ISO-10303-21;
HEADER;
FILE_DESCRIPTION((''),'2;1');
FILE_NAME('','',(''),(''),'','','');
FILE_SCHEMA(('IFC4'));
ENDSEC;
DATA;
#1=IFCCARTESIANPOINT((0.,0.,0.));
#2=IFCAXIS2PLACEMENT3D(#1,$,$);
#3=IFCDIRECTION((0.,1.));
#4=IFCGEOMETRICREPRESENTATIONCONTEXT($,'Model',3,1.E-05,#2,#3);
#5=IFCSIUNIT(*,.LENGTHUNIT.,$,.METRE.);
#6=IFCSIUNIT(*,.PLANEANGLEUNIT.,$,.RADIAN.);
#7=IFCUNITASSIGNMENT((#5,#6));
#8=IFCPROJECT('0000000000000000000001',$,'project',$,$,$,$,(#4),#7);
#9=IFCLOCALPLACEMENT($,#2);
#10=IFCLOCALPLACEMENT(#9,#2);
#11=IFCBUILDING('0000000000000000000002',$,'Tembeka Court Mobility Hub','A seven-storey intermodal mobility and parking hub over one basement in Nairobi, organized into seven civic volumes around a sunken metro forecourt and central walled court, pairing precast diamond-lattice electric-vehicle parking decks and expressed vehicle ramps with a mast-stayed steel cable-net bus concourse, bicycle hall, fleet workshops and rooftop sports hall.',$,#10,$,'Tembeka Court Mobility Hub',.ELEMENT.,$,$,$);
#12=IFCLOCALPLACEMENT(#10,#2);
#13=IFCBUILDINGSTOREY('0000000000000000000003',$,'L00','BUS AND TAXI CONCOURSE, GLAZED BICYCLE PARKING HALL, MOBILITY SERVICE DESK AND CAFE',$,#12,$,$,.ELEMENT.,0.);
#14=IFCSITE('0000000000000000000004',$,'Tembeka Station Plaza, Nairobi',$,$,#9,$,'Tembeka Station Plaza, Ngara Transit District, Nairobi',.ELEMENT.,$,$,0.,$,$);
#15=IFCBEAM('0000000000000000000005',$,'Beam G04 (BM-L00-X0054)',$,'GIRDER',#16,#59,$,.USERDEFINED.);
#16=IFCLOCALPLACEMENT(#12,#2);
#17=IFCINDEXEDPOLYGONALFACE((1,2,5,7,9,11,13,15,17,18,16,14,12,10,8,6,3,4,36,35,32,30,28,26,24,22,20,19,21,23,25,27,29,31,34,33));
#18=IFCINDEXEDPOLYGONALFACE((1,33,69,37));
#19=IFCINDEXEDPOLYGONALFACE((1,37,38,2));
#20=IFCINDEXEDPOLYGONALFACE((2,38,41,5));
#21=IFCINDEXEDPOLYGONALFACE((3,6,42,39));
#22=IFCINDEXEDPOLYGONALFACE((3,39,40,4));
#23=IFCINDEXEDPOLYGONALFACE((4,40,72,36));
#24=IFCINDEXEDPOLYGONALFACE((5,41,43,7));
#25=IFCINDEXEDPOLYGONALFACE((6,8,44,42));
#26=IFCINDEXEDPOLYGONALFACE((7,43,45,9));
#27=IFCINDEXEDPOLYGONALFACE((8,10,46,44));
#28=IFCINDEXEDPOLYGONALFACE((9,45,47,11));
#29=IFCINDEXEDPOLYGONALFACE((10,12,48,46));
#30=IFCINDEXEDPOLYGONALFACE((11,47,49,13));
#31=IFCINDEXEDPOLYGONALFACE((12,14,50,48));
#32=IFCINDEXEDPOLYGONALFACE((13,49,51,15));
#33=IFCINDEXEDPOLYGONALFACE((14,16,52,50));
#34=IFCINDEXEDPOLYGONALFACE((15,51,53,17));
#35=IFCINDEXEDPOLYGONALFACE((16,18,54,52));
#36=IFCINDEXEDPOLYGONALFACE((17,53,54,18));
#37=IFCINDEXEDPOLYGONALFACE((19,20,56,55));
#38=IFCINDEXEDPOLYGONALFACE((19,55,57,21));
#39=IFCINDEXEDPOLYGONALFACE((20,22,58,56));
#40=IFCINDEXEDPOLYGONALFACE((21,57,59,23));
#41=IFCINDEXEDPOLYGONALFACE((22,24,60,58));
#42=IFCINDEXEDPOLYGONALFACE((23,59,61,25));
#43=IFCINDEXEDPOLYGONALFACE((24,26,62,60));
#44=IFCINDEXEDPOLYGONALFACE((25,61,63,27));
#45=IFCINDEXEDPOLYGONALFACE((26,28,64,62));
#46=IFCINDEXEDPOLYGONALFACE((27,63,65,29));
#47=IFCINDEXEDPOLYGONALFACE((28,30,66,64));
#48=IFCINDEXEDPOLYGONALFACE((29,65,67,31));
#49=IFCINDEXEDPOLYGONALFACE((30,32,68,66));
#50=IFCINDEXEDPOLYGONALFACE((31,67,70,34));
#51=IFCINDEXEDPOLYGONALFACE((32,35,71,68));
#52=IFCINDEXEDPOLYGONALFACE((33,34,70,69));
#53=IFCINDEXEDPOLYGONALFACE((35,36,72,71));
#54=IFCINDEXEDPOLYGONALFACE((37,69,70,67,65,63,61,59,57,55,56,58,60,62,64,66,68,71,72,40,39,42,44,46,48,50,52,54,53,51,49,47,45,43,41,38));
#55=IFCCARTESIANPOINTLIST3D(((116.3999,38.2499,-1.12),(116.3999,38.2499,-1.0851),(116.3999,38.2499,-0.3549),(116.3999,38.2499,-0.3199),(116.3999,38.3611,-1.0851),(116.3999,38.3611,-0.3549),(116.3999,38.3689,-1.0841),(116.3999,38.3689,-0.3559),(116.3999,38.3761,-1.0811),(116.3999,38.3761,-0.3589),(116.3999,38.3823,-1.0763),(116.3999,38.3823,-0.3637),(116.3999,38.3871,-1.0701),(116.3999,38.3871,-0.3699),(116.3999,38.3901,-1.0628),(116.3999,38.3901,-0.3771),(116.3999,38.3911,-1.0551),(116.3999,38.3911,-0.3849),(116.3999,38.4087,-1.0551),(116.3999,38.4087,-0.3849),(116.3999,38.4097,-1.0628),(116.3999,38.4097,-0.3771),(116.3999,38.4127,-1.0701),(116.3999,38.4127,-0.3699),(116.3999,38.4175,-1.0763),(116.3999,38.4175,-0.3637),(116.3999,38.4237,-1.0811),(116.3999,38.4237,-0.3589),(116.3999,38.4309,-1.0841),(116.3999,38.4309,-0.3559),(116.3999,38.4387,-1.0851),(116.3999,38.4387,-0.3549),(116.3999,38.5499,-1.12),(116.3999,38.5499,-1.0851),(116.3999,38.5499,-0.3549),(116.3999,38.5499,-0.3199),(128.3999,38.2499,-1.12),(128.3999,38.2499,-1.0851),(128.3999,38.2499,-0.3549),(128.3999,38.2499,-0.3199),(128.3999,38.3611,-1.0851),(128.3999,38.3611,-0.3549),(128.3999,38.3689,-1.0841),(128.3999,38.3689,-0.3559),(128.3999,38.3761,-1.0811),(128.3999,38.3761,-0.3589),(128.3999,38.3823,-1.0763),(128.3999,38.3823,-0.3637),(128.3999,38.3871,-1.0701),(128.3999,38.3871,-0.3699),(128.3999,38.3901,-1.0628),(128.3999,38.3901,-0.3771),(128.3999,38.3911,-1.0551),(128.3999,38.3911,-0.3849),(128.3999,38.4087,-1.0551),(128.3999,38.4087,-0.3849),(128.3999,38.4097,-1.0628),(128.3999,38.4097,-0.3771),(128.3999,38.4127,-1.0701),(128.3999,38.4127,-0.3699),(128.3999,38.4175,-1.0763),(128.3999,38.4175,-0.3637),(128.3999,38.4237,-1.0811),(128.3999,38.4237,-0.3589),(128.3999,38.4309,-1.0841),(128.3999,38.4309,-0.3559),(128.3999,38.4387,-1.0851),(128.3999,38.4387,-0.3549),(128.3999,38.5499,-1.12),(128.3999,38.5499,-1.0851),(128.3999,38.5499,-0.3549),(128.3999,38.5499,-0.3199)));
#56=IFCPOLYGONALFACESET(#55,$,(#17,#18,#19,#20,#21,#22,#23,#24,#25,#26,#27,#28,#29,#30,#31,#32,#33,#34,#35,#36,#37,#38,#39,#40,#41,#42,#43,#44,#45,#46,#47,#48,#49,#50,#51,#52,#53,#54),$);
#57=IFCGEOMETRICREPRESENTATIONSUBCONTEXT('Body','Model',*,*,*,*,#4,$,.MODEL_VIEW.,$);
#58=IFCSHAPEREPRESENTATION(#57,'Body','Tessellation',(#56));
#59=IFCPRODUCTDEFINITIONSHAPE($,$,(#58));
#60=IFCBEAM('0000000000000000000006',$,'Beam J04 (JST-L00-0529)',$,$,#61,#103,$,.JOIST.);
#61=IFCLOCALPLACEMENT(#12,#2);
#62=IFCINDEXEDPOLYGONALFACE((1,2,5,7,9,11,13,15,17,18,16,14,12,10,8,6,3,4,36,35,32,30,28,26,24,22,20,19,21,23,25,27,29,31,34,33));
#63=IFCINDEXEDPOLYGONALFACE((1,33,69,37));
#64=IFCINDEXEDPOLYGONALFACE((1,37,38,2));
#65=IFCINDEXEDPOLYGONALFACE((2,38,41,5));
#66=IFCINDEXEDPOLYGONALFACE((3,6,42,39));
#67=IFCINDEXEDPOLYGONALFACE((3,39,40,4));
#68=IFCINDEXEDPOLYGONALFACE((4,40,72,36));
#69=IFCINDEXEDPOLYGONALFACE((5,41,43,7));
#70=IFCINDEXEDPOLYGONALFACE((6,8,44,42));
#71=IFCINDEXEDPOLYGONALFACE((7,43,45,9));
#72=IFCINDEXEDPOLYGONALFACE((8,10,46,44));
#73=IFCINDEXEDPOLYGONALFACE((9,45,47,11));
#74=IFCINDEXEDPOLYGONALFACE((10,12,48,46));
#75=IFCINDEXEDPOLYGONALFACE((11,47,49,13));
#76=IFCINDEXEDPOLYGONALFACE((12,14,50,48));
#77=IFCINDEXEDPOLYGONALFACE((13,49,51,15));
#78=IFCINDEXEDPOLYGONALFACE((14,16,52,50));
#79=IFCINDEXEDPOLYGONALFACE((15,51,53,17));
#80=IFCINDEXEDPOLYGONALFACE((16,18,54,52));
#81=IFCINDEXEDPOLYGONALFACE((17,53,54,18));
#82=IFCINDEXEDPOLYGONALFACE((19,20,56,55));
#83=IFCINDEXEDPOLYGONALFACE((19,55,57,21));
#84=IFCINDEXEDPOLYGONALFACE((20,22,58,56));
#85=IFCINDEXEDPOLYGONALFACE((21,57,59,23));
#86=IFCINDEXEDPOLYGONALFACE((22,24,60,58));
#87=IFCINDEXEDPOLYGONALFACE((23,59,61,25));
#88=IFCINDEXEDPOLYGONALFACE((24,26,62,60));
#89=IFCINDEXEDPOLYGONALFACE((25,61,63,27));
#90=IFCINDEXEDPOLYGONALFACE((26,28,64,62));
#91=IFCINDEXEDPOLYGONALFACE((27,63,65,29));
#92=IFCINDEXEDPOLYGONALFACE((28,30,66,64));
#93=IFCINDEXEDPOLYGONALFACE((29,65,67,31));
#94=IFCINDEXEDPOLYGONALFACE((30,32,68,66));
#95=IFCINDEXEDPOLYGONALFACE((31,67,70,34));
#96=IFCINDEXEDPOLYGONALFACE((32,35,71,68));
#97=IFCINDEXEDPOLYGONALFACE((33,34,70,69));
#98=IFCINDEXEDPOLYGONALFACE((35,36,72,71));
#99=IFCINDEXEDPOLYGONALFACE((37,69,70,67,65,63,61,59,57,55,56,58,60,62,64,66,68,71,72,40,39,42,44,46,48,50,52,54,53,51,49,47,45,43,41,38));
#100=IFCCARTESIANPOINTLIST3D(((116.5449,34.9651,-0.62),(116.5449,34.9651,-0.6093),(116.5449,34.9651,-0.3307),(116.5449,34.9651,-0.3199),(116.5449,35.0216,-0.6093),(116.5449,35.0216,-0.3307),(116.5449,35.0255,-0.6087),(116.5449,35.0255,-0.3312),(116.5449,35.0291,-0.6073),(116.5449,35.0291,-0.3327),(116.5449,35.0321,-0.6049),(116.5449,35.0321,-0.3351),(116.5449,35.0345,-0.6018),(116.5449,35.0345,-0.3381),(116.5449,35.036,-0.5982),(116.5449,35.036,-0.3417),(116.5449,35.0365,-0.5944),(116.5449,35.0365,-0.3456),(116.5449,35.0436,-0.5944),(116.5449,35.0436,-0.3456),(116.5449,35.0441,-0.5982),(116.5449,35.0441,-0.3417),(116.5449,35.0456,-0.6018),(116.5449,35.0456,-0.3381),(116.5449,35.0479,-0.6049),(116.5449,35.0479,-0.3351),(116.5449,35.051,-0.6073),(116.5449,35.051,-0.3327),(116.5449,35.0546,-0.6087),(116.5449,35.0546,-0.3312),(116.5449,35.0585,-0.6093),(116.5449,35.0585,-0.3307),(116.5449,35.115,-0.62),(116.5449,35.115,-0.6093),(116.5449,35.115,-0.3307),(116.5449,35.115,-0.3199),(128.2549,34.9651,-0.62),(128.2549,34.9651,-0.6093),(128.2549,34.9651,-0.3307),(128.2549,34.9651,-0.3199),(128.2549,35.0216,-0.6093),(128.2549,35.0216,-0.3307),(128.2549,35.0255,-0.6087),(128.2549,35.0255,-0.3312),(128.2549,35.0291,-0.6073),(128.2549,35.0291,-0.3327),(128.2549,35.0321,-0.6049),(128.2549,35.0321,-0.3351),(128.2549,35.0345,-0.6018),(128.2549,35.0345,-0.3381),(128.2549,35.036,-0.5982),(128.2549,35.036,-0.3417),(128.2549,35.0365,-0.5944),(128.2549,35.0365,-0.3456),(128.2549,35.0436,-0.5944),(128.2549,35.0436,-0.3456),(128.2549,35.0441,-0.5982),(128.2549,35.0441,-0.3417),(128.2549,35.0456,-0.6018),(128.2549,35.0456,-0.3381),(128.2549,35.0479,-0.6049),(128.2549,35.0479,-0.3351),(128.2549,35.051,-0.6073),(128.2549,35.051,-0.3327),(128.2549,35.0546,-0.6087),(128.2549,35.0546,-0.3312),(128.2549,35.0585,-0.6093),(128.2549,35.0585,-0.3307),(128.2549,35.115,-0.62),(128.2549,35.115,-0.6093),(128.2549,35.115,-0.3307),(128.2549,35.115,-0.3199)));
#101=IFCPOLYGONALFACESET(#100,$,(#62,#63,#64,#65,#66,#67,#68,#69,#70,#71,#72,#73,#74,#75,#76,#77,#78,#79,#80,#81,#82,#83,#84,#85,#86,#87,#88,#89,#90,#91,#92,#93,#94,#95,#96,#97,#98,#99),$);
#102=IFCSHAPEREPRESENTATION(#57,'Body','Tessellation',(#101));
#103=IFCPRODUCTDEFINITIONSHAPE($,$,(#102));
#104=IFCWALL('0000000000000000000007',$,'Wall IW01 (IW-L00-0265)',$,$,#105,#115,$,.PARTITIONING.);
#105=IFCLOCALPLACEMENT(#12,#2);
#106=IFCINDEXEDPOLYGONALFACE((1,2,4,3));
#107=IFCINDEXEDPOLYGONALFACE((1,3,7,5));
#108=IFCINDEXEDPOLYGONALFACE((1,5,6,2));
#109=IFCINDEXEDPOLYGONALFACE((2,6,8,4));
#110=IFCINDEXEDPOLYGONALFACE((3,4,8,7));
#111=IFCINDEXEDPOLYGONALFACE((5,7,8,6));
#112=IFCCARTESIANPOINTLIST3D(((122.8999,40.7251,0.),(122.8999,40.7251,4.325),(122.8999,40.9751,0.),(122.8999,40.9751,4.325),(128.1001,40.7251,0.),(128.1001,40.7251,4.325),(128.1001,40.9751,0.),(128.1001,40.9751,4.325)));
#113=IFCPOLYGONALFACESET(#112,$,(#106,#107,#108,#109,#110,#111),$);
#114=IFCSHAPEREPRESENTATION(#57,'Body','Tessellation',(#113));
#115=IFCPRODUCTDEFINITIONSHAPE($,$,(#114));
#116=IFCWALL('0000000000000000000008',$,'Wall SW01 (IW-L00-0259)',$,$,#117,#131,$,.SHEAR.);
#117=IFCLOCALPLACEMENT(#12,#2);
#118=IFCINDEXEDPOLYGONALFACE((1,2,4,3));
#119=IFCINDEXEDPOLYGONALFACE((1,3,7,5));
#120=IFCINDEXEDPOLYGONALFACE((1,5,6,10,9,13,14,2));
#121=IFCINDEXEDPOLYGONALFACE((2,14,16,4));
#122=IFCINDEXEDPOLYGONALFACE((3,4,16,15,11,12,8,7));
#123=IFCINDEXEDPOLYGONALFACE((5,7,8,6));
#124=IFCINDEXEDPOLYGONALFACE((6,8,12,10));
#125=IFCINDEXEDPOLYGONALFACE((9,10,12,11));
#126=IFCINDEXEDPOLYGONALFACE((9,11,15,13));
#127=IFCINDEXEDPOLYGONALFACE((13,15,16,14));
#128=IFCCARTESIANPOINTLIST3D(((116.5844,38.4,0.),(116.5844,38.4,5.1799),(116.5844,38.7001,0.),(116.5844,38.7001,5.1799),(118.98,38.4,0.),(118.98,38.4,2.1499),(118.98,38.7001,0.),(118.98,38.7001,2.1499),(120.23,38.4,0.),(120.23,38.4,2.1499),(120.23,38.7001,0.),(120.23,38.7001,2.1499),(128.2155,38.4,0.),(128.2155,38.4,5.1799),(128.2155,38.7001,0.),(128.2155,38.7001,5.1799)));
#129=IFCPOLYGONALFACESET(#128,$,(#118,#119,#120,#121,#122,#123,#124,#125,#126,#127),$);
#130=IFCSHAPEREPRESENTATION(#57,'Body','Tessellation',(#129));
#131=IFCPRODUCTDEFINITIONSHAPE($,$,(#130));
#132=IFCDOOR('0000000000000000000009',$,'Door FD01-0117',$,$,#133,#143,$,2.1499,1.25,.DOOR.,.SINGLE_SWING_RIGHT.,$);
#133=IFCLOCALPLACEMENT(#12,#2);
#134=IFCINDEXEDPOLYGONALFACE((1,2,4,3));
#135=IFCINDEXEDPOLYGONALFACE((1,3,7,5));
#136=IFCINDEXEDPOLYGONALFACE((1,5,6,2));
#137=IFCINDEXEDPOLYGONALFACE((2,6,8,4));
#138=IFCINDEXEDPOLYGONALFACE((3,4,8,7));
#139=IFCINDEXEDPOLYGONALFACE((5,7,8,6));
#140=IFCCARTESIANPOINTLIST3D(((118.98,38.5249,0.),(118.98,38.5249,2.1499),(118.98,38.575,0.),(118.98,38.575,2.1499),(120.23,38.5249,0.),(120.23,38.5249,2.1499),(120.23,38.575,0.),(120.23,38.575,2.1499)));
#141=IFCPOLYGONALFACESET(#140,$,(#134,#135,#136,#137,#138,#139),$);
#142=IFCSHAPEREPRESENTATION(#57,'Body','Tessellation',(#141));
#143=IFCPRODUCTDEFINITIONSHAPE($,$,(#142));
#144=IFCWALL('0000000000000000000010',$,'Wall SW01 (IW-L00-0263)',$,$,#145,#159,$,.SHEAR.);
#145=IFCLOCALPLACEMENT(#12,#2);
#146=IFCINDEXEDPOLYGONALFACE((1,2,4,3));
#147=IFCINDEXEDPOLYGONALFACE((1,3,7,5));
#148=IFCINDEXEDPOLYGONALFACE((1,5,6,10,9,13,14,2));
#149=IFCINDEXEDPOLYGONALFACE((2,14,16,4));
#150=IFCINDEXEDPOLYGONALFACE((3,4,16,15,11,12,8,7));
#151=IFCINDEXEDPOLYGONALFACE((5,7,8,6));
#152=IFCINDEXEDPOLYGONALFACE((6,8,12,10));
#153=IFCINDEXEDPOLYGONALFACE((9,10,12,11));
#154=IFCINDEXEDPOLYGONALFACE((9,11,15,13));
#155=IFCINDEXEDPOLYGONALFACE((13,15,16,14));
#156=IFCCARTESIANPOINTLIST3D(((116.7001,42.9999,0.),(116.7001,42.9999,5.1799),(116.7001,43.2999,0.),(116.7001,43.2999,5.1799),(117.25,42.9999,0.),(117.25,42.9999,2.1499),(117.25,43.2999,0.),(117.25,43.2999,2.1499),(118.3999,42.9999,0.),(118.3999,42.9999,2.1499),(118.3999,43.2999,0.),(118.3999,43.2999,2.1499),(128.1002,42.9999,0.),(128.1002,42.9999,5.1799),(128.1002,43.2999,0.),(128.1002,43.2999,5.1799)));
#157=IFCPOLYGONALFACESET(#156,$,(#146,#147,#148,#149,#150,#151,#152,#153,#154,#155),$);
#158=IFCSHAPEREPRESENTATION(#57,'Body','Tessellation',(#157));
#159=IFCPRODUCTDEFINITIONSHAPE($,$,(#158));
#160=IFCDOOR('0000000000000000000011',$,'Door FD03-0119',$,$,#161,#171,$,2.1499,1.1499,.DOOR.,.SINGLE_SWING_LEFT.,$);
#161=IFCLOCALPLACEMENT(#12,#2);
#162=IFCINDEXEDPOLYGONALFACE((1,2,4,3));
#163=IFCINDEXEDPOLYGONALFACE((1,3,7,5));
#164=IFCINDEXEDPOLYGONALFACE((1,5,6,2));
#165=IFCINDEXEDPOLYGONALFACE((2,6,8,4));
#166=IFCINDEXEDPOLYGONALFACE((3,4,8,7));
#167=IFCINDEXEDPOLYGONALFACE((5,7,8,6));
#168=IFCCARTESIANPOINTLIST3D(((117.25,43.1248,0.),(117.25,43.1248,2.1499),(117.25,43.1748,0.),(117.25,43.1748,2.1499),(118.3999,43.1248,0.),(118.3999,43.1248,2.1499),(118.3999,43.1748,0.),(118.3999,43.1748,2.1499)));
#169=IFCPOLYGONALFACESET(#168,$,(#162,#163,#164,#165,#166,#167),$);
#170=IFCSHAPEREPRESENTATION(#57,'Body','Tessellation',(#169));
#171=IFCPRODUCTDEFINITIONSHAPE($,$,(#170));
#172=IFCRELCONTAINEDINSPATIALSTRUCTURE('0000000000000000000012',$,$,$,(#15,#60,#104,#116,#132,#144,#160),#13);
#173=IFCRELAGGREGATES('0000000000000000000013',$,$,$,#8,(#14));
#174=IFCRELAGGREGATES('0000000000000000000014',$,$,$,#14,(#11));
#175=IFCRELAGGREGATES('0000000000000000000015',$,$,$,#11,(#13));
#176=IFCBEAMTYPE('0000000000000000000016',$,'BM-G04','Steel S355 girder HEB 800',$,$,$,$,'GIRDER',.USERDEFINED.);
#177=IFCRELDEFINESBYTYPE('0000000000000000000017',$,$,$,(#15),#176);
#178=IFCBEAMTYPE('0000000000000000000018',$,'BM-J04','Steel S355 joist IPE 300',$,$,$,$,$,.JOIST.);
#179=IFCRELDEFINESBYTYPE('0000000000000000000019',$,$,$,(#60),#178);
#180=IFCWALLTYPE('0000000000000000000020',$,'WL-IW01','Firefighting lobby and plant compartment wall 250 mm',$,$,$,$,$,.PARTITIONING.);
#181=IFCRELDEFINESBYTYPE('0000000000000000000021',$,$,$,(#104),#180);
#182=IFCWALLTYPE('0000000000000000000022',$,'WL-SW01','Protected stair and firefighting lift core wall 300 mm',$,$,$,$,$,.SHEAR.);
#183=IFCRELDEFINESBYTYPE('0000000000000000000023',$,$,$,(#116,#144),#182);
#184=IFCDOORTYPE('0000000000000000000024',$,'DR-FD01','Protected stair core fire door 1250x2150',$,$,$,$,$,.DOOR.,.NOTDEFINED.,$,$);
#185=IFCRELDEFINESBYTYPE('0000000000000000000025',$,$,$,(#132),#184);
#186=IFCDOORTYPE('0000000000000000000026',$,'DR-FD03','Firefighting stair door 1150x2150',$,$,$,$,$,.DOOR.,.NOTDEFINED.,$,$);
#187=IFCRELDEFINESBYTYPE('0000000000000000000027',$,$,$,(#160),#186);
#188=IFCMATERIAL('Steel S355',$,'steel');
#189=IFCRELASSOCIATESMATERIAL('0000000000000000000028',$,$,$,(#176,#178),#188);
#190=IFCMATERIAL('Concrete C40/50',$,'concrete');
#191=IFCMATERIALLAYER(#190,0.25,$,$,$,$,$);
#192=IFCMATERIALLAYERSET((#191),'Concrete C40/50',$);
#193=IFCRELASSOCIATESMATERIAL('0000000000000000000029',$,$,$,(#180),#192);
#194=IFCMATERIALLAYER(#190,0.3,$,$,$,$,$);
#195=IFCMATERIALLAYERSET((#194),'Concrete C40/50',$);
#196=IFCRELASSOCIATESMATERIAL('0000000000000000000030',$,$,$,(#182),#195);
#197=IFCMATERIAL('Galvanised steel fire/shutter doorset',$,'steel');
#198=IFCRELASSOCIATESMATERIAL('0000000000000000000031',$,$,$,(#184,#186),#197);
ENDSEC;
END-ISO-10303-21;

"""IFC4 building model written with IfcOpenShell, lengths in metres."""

from ifc_helpers import new_model, si_unit, direction, frame, frame_2d, origin, origin_2d, place, context, subcontext, project, spatial, rectangle, i_section, extrude, material, layer, layer_set, material_profile, profile_set, type_object, element, fill, save


model = new_model("IFC4")

# Units and contexts
model_context = context("Model", 3, precision=1e-05, world=origin(), true_north=direction((0.0, 1.0)))
body_context = subcontext(model_context, "Body", "Model", "MODEL_VIEW")
ifc_project = project(units=[si_unit("LENGTHUNIT", "METRE"), si_unit("PLANEANGLEUNIT", "RADIAN")], contexts=[model_context])

# Site, building, storey
site_placement = place(None, origin())
site = spatial("IfcSite", under=ifc_project, at=site_placement, Name="Tembeka Station Plaza, Nairobi", LongName="Tembeka Station Plaza, Ngara Transit District, Nairobi", CompositionType="ELEMENT", RefElevation=0.0)
building_placement = place(site_placement, origin())
building = spatial("IfcBuilding", under=site, at=building_placement, Name="Tembeka Court Mobility Hub", Description="A seven-storey intermodal mobility and parking hub over one basement in Nairobi, organized into seven civic volumes around a sunken metro forecourt and central walled court, pairing precast diamond-lattice electric-vehicle parking decks and expressed vehicle ramps with a mast-stayed steel cable-net bus concourse, bicycle hall, fleet workshops and rooftop sports hall.", LongName="Tembeka Court Mobility Hub", CompositionType="ELEMENT")
storey_placement = place(building_placement, origin())
storey = spatial("IfcBuildingStorey", under=building, at=storey_placement, Name="L00", Description="BUS AND TAXI CONCOURSE, GLAZED BICYCLE PARKING HALL, MOBILITY SERVICE DESK AND CAFE", CompositionType="ELEMENT", Elevation=0.0)

# Shared definitions
ifc_material_1 = material(Name="Steel S355", Category="steel")

# Beams
ifc_material_profile_1 = material_profile(ifc_material_1, i_section(OverallWidth=0.3, OverallDepth=0.8, WebThickness=0.0176, FlangeThickness=0.0349, FilletRadius=0.03, at=origin_2d()), Name="HEB 800")
ifc_profile_set_1 = profile_set([ifc_material_profile_1], Name="Steel S355")
beam_type_1 = type_object("IfcBeamType", Name="BM-G04", Description="Steel S355 girder HEB 800", ElementType="GIRDER", PredefinedType="USERDEFINED", material=ifc_profile_set_1)
beam_1_placement = place(storey_placement, frame((116.3999, 38.3999, -0.72), z_axis=(1.0, 0.0, 0.0), x_axis=(0.0, 1.0, 0.0)))
element("IfcBeam", 1, at=beam_1_placement, inside=storey, type_object=beam_type_1, Name="Beam G04 (BM-L00-X0054)", ObjectType="GIRDER", PredefinedType="USERDEFINED", context=body_context, shape_type="SweptSolid", body=[
    extrude(i_section(OverallWidth=0.3, OverallDepth=0.8, WebThickness=0.0176, FlangeThickness=0.0349, FilletRadius=0.03, at=origin_2d()), origin(), (0.0, 0.0, 1.0), 12.0),
])
ifc_material_profile_2 = material_profile(ifc_material_1, i_section(OverallWidth=0.1499, OverallDepth=0.3, WebThickness=0.0071, FlangeThickness=0.0107, FilletRadius=0.0149, at=origin_2d()), Name="IPE 300")
ifc_profile_set_2 = profile_set([ifc_material_profile_2], Name="Steel S355")
beam_type_2 = type_object("IfcBeamType", Name="BM-J04", Description="Steel S355 joist IPE 300", PredefinedType="JOIST", material=ifc_profile_set_2)
beam_2_placement = place(storey_placement, frame((116.5449, 35.04, -0.47), z_axis=(1.0, 0.0, 0.0), x_axis=(0.0, 1.0, 0.0)))
element("IfcBeam", 2, at=beam_2_placement, inside=storey, type_object=beam_type_2, Name="Beam J04 (JST-L00-0529)", PredefinedType="JOIST", context=body_context, shape_type="SweptSolid", body=[
    extrude(i_section(OverallWidth=0.1499, OverallDepth=0.3, WebThickness=0.0071, FlangeThickness=0.0107, FilletRadius=0.0149, at=origin_2d()), origin(), (0.0, 0.0, 1.0), 11.71),
])

# Wall
ifc_material_2 = material(Name="Concrete C40/50", Category="concrete")
ifc_layer_1 = layer(ifc_material_2, 0.25)
ifc_layer_set_1 = layer_set([ifc_layer_1], Name="Concrete C40/50")
wall_type_1 = type_object("IfcWallType", Name="WL-IW01", Description="Firefighting lobby and plant compartment wall 250 mm", PredefinedType="PARTITIONING", material=ifc_layer_set_1)
wall_1_placement = place(storey_placement, frame((122.8999, 40.8501, 0.0), z_axis=(0.0, 0.0, 1.0), x_axis=(1.0, 0.0, 0.0)))
element("IfcWall", 3, at=wall_1_placement, inside=storey, type_object=wall_type_1, Name="Wall IW01 (IW-L00-0265)", PredefinedType="PARTITIONING", context=body_context, shape_type="SweptSolid", body=[
    extrude(rectangle(XDim=5.2002, YDim=0.25, at=frame_2d((2.6001, 0.0))), origin(), (0.0, 0.0, 1.0), 4.325),
])

# Walls, openings, doors
ifc_layer_2 = layer(ifc_material_2, 0.3)
ifc_layer_set_2 = layer_set([ifc_layer_2], Name="Concrete C40/50")
wall_type_2 = type_object("IfcWallType", Name="WL-SW01", Description="Protected stair and firefighting lift core wall 300 mm", PredefinedType="SHEAR", material=ifc_layer_set_2)
wall_2_placement = place(storey_placement, frame((116.5845, 38.55, 0.0), z_axis=(0.0, 0.0, 1.0), x_axis=(1.0, 0.0, 0.0)))
wall_2 = element("IfcWall", 4, at=wall_2_placement, inside=storey, type_object=wall_type_2, Name="Wall SW01 (IW-L00-0259)", PredefinedType="SHEAR", context=body_context, shape_type="SweptSolid", body=[
    extrude(rectangle(XDim=11.6311, YDim=0.3, at=frame_2d((5.8154, 0.0))), origin(), (0.0, 0.0, 1.0), 5.1799),
])
opening_1_placement = place(wall_2_placement, frame((2.3955, 0.0, 0.0)))
opening_1 = element("IfcOpeningElement", 5, at=opening_1_placement, cuts=wall_2, PredefinedType="OPENING", context=body_context, shape_type="SweptSolid", body=[
    extrude(rectangle(XDim=1.25, YDim=2.1499, at=frame_2d((0.625, 1.075))), frame((0.0, 0.1602, 0.0), z_axis=(0.0, -1.0, 0.0), x_axis=(1.0, 0.0, 0.0)), (0.0, 0.0, 1.0), 0.3201),
])
ifc_material_3 = material(Name="Galvanised steel fire/shutter doorset", Category="steel")
door_type_1 = type_object("IfcDoorType", Name="DR-FD01", Description="Protected stair core fire door 1250x2150", OperationType="NOTDEFINED", PredefinedType="DOOR", material=ifc_material_3)
door_1_placement = place(opening_1_placement, origin())
door_1 = element("IfcDoor", 6, at=door_1_placement, inside=storey, type_object=door_type_1, Name="Door FD01-0117", OperationType="SINGLE_SWING_RIGHT", OverallHeight=2.1499, OverallWidth=1.25, PredefinedType="DOOR", context=body_context, shape_type="SweptSolid", body=[
    extrude(rectangle(XDim=1.25, YDim=2.1499, at=frame_2d((0.625, 1.075))), frame((0.0, 0.0249, 0.0), z_axis=(0.0, -1.0, 0.0), x_axis=(1.0, 0.0, 0.0)), (0.0, 0.0, 1.0), 0.05),
])
fill(opening_1, door_1)
wall_3_placement = place(storey_placement, frame((116.7, 43.1499, 0.0), z_axis=(0.0, 0.0, 1.0), x_axis=(1.0, 0.0, 0.0)))
wall_3 = element("IfcWall", 7, at=wall_3_placement, inside=storey, type_object=wall_type_2, Name="Wall SW01 (IW-L00-0263)", PredefinedType="SHEAR", context=body_context, shape_type="SweptSolid", body=[
    extrude(rectangle(XDim=11.4001, YDim=0.3, at=frame_2d((5.7002, 0.0))), origin(), (0.0, 0.0, 1.0), 5.1799),
])
opening_2_placement = place(wall_3_placement, frame((0.55, 0.0, 0.0)))
opening_2 = element("IfcOpeningElement", 8, at=opening_2_placement, cuts=wall_3, PredefinedType="OPENING", context=body_context, shape_type="SweptSolid", body=[
    extrude(rectangle(XDim=1.1499, YDim=2.1499, at=frame_2d((0.575, 1.075))), frame((0.0, 0.1602, 0.0), z_axis=(0.0, -1.0, 0.0), x_axis=(1.0, 0.0, 0.0)), (0.0, 0.0, 1.0), 0.3201),
])
door_type_2 = type_object("IfcDoorType", Name="DR-FD03", Description="Firefighting stair door 1150x2150", OperationType="NOTDEFINED", PredefinedType="DOOR", material=ifc_material_3)
door_2_placement = place(opening_2_placement, origin())
door_2 = element("IfcDoor", 9, at=door_2_placement, inside=storey, type_object=door_type_2, Name="Door FD03-0119", OperationType="SINGLE_SWING_LEFT", OverallHeight=2.1499, OverallWidth=1.1499, PredefinedType="DOOR", context=body_context, shape_type="SweptSolid", body=[
    extrude(rectangle(XDim=1.1499, YDim=2.1499, at=frame_2d((0.575, 1.075))), frame((0.0, 0.0249, 0.0), z_axis=(0.0, -1.0, 0.0), x_axis=(1.0, 0.0, 0.0)), (0.0, 0.0, 1.0), 0.05),
])
fill(opening_2, door_2)

save(model, "model.ifc")
